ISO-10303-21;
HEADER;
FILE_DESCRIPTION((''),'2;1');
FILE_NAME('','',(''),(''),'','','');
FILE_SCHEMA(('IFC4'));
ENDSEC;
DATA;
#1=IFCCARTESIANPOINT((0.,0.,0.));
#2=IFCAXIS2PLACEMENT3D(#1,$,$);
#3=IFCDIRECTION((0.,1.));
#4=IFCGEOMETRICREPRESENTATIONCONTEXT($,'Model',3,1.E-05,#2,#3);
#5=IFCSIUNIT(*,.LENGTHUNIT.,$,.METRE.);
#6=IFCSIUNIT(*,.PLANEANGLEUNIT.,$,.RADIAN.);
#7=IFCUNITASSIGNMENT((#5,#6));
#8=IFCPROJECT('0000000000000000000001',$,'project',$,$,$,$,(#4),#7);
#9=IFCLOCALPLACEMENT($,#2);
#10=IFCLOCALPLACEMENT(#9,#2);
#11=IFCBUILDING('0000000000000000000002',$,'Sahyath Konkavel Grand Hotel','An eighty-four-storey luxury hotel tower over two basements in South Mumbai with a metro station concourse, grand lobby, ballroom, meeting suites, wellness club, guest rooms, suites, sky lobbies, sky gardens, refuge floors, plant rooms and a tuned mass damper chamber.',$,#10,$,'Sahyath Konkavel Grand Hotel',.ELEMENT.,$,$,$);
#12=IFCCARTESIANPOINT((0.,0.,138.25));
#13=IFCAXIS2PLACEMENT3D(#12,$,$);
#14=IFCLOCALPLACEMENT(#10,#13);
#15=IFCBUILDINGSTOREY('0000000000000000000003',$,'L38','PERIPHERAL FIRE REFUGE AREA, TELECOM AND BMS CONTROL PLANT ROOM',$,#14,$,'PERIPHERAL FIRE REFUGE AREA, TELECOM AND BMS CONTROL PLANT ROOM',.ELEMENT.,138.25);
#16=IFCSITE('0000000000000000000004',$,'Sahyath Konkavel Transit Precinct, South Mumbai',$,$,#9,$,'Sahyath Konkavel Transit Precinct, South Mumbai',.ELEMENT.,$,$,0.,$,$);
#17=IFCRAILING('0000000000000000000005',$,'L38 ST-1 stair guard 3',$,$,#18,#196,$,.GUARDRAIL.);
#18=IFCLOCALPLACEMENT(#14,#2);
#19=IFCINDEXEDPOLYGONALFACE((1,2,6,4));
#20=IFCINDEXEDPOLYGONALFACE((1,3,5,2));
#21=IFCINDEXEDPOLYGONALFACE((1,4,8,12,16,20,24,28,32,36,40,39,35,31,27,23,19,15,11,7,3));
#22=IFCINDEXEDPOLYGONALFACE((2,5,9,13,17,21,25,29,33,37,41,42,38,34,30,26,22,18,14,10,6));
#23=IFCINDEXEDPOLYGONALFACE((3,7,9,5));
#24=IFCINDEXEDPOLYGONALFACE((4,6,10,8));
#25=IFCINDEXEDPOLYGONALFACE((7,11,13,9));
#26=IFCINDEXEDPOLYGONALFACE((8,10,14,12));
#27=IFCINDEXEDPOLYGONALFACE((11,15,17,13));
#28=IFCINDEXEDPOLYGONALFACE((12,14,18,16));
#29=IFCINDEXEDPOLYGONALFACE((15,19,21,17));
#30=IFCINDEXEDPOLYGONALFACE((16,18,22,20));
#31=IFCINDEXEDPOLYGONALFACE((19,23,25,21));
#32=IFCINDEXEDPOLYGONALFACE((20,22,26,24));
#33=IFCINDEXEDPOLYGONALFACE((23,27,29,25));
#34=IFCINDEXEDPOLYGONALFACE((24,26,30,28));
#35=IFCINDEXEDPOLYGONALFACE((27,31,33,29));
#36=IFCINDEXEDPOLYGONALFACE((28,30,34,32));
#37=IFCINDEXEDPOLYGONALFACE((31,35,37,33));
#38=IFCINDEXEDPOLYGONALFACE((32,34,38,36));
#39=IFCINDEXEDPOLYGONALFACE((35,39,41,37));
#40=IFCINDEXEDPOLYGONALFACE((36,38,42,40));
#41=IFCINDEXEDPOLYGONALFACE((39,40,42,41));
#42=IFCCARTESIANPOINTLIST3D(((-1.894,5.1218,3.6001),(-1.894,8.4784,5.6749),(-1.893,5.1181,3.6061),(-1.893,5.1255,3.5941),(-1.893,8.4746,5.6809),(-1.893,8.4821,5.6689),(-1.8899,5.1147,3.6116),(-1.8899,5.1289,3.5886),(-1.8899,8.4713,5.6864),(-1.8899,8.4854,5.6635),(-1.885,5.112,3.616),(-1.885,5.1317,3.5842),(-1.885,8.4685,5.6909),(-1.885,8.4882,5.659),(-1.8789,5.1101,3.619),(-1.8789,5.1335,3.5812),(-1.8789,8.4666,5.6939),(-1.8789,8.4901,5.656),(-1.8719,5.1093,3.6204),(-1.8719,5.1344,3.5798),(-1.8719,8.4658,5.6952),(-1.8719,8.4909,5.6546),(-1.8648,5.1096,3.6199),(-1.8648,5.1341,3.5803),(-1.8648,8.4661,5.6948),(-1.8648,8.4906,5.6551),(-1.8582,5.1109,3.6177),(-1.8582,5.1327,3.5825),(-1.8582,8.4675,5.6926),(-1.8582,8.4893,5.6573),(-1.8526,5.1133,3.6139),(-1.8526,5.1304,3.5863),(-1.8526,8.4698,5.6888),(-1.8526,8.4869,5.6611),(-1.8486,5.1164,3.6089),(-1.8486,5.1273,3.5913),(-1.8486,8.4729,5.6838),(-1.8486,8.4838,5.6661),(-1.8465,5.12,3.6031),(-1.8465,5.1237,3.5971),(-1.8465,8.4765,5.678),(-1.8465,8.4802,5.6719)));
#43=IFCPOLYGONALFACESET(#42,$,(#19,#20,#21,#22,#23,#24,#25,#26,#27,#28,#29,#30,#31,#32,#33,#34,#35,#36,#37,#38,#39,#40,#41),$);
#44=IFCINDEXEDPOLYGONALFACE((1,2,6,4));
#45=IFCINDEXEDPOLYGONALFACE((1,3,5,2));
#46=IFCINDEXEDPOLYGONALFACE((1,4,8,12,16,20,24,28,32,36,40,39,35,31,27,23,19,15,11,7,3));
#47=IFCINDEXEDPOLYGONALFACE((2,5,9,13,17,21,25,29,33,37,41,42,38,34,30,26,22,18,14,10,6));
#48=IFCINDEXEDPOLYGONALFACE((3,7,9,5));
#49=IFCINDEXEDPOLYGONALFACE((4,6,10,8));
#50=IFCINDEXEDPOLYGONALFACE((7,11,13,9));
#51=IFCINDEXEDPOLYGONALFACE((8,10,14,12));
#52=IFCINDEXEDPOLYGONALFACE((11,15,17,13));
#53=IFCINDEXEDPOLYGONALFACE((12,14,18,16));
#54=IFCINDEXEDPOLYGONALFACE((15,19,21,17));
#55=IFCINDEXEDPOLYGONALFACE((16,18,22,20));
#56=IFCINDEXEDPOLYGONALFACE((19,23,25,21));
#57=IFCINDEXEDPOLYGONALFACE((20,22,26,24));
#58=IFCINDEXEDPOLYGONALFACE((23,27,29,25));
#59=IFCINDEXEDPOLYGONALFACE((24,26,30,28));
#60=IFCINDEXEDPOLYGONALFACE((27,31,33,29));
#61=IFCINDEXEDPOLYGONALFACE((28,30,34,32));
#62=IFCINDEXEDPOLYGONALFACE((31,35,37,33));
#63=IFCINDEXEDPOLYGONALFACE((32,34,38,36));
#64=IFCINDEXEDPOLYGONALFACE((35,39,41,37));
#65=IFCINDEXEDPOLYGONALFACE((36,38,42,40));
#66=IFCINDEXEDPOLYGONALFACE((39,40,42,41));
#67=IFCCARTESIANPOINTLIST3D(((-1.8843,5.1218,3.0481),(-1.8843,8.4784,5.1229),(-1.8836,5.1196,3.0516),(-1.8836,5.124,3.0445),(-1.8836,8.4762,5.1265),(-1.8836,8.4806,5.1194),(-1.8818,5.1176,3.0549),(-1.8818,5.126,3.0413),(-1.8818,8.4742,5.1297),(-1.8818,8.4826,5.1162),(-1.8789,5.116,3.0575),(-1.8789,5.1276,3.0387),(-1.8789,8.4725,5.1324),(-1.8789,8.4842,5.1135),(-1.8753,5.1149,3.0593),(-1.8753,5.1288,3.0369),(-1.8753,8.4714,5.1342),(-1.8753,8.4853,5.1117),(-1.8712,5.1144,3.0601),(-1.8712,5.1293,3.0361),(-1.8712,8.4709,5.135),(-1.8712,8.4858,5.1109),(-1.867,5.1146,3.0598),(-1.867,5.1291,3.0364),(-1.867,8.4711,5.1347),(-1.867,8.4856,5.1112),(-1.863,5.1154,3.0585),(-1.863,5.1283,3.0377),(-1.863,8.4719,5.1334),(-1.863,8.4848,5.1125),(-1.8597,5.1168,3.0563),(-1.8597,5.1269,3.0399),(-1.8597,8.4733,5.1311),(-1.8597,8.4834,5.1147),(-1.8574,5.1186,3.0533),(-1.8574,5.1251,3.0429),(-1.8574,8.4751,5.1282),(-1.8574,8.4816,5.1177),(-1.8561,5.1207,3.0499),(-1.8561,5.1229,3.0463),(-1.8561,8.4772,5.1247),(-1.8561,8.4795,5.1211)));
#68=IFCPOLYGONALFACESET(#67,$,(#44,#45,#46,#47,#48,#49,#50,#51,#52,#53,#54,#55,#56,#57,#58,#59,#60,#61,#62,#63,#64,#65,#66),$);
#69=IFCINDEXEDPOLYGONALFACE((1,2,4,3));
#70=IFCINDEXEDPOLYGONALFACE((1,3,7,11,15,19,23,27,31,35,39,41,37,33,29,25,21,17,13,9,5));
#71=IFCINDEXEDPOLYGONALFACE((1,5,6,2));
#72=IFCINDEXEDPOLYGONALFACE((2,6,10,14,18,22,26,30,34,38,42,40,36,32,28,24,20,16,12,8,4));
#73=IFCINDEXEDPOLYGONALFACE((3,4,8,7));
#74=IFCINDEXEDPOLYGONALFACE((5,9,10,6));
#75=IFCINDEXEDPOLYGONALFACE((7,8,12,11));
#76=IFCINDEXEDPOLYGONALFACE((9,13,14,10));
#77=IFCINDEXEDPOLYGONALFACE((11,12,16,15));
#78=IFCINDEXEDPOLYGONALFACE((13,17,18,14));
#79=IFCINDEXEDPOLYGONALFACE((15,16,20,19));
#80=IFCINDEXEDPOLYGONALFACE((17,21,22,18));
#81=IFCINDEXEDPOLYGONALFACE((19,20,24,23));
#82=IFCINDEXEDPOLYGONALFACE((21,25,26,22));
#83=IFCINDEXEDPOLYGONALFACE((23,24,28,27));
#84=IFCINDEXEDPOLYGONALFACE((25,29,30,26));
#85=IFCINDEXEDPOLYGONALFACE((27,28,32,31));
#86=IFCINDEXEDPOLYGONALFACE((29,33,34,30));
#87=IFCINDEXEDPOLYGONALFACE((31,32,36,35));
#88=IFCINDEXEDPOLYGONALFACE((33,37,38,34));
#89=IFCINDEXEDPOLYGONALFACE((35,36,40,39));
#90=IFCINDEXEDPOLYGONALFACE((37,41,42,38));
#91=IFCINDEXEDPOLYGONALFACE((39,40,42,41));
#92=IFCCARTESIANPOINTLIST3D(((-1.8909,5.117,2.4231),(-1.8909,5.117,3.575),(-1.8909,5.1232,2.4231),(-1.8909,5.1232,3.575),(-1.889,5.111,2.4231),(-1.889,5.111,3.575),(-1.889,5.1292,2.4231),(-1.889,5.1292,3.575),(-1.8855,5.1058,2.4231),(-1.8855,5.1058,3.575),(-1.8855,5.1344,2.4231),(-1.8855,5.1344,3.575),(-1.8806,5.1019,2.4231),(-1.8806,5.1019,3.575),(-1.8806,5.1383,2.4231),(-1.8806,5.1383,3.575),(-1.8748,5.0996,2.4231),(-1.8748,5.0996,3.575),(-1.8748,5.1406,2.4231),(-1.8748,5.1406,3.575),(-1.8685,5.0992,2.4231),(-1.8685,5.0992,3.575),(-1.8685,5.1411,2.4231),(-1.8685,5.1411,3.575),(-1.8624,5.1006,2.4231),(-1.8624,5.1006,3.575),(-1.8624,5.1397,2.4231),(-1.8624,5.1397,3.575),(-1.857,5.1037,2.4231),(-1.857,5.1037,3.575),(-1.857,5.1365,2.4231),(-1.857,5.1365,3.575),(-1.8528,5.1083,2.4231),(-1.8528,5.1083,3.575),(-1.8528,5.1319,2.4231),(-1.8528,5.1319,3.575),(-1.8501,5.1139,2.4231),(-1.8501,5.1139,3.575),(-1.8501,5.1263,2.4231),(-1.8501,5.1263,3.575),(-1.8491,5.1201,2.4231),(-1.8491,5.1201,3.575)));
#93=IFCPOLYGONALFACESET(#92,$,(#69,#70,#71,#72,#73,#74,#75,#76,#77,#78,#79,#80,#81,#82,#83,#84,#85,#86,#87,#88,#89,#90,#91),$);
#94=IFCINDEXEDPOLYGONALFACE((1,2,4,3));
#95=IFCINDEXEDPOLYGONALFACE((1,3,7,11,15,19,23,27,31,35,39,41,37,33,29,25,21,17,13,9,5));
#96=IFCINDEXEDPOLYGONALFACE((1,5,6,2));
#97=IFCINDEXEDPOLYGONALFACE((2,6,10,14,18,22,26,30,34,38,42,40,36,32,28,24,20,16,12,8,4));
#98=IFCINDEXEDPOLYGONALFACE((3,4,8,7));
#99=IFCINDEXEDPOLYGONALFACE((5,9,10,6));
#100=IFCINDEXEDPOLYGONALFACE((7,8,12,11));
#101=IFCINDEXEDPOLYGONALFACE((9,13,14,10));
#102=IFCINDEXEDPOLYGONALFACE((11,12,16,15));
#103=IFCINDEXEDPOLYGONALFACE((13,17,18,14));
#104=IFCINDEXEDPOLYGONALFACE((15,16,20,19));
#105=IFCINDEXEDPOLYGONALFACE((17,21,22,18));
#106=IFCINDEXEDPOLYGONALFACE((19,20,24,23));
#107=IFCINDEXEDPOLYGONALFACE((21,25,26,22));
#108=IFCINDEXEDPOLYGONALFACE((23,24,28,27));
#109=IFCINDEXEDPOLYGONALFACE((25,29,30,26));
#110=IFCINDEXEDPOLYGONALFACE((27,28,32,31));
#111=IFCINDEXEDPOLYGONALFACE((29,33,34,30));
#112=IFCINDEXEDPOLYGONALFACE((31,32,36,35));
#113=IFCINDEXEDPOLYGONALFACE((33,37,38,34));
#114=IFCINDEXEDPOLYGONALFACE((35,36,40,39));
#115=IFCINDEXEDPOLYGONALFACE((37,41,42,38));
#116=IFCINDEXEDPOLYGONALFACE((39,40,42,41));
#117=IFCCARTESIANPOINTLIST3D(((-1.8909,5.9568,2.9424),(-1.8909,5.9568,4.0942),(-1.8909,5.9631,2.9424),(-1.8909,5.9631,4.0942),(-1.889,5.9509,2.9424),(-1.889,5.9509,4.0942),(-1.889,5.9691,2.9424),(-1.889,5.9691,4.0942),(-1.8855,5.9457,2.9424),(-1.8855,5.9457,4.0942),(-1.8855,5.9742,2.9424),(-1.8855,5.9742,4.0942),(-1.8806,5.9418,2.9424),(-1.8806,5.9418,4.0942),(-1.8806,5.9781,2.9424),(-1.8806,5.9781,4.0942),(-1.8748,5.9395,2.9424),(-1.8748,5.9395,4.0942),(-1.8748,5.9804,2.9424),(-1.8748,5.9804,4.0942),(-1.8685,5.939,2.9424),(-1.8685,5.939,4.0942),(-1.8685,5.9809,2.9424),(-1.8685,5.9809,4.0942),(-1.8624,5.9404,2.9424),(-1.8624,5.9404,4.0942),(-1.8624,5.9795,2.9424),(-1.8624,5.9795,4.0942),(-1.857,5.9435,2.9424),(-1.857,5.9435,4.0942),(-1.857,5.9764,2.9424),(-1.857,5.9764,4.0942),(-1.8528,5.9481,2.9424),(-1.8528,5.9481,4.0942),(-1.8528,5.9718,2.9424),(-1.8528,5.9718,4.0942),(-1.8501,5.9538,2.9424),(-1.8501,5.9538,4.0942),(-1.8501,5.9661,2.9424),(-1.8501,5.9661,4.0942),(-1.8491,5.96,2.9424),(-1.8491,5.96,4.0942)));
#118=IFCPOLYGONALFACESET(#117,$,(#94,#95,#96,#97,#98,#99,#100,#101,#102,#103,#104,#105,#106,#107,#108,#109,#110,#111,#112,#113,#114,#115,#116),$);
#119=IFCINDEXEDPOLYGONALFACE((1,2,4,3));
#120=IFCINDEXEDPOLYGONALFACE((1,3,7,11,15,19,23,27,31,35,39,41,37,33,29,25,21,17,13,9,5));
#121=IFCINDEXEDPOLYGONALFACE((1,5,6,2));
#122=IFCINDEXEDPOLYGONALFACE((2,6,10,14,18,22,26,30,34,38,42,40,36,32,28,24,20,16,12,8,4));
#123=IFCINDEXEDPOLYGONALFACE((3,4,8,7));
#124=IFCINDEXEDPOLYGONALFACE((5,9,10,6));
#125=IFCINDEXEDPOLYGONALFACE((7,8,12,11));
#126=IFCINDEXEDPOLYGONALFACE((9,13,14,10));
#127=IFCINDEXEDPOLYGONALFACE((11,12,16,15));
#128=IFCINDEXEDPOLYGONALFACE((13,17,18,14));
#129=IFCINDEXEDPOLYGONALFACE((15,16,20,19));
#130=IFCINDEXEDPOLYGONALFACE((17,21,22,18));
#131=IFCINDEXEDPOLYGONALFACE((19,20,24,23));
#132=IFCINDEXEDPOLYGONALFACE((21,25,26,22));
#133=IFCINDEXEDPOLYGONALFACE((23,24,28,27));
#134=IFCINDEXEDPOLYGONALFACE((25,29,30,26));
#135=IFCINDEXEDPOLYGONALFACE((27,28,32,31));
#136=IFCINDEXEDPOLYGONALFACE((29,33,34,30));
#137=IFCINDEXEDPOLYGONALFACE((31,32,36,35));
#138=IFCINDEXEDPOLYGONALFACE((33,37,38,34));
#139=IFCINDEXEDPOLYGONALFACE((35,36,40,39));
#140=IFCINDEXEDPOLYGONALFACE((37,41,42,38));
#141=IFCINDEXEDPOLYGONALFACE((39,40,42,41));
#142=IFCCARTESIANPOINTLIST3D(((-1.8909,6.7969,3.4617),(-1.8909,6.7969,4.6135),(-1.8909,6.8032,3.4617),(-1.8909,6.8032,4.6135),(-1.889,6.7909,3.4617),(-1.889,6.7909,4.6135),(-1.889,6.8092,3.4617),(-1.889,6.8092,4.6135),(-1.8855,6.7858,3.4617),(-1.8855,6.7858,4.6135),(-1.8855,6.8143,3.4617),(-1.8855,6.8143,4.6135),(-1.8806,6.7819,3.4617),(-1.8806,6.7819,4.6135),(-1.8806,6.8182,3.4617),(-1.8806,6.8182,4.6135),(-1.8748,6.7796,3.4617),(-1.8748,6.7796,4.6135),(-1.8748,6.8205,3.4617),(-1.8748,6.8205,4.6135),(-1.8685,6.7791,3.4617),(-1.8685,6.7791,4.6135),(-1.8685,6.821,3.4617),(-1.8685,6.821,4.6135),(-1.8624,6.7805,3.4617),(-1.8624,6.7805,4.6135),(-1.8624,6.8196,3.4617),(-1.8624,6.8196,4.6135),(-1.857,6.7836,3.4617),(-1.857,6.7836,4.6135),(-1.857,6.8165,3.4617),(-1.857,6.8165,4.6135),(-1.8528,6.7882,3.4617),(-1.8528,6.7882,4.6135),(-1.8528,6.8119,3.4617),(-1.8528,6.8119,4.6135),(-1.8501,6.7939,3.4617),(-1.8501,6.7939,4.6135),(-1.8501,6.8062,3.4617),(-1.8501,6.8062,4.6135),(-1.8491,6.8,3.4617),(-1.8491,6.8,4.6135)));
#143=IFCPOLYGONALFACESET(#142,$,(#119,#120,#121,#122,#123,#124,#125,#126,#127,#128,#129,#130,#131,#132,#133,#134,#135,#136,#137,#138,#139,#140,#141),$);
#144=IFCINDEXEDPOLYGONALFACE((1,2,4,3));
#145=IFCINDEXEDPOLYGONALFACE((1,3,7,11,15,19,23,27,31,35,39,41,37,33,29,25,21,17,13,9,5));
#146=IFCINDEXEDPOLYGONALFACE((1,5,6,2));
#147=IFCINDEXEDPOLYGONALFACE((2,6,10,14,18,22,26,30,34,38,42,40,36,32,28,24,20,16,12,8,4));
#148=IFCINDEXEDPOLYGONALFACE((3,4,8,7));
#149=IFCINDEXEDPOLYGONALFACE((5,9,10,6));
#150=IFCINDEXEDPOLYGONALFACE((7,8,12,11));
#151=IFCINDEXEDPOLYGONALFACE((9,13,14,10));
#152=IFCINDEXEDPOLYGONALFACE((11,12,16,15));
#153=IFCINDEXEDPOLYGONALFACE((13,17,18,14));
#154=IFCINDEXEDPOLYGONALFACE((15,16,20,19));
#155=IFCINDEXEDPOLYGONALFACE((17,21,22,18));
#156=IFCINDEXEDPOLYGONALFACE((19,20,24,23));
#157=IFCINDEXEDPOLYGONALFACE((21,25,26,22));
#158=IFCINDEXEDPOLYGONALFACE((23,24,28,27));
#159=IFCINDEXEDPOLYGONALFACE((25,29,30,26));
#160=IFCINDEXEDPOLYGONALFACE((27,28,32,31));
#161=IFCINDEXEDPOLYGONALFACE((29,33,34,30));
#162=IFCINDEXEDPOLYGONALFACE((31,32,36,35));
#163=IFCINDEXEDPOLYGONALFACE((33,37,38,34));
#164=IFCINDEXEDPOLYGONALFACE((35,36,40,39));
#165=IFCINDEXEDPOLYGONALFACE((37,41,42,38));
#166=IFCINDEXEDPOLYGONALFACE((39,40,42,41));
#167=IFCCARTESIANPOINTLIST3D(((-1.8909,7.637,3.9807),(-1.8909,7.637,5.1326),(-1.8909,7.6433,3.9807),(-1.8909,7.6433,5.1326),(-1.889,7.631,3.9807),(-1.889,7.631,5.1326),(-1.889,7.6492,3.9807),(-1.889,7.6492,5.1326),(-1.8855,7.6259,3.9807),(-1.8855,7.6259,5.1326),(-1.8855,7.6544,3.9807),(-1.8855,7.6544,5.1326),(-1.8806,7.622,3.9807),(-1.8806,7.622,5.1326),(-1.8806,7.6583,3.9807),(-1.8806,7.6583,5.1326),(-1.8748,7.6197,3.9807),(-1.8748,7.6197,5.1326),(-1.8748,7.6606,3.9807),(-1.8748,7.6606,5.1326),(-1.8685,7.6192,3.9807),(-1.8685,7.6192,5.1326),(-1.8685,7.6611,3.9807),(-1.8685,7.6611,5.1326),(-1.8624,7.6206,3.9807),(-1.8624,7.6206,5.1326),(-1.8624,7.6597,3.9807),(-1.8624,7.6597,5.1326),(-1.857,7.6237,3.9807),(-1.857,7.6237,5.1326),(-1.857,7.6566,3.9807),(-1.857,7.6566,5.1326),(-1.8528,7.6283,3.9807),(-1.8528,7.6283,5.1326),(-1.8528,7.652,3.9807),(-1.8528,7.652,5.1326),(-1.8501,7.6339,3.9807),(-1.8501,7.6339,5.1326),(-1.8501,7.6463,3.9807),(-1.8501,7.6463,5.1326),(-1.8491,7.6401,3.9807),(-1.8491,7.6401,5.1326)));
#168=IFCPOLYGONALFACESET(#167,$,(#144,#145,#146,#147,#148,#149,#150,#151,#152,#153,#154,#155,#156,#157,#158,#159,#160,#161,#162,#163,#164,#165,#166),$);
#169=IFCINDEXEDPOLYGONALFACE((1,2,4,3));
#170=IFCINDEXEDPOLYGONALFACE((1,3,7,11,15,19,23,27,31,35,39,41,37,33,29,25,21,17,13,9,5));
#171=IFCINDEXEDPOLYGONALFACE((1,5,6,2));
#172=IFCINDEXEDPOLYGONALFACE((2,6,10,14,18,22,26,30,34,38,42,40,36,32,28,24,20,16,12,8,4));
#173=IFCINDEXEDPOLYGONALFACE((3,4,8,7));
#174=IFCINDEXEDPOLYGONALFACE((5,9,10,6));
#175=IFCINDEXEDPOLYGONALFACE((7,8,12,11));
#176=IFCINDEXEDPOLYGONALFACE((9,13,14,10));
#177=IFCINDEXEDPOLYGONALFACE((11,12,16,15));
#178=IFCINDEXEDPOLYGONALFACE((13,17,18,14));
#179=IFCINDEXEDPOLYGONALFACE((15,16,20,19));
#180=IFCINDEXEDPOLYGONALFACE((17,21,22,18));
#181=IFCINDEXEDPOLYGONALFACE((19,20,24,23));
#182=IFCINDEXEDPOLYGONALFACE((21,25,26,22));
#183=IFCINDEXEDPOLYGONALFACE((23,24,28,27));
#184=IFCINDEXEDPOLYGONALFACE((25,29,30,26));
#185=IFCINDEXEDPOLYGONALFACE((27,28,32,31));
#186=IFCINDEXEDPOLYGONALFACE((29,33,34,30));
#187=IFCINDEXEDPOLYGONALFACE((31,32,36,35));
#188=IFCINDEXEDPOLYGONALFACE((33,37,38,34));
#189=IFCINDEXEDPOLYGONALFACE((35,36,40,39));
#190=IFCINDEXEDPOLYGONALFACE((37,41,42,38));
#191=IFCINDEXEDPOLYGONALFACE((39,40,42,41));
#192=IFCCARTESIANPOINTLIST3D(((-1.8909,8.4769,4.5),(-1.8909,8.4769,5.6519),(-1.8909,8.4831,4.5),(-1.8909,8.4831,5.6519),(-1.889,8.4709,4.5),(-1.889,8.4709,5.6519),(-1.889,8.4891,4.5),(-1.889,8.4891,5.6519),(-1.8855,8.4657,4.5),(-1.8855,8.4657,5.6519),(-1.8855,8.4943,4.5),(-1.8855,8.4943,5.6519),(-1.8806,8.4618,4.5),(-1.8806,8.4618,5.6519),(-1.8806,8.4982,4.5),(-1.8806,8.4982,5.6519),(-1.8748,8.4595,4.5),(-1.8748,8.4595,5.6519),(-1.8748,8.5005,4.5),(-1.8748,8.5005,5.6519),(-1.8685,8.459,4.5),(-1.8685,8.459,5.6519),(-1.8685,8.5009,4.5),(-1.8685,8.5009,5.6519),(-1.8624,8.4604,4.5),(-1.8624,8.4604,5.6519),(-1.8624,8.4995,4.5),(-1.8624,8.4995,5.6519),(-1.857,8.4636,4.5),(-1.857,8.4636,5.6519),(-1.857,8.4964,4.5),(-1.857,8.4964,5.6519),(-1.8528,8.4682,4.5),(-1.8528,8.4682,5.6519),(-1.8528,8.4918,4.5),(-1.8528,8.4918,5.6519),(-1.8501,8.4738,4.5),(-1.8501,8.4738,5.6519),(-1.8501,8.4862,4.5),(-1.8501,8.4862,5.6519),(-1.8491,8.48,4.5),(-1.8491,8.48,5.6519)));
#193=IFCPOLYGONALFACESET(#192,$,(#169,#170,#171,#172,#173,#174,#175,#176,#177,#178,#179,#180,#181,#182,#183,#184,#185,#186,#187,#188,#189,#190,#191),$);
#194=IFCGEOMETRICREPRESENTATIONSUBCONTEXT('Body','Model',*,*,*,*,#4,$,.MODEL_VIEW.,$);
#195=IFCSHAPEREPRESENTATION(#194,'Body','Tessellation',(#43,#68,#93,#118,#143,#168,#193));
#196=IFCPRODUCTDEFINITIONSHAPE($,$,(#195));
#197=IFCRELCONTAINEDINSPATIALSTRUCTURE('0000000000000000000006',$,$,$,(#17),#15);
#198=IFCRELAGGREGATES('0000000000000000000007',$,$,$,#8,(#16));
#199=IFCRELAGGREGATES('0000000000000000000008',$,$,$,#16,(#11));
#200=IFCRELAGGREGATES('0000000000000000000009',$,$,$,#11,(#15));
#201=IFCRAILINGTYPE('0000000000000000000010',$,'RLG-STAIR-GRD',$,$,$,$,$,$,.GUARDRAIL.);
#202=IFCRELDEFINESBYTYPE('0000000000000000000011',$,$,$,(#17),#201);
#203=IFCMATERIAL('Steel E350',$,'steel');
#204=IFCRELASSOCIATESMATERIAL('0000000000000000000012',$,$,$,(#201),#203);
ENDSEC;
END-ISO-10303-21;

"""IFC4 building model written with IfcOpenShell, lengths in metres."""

from ifc_helpers import new_model, si_unit, direction, frame, origin, origin_2d, place, context, subcontext, project, spatial, circle, extrude, material, type_object, element, save


model = new_model("IFC4")

# Units and contexts
model_context = context("Model", 3, precision=1e-05, world=origin(), true_north=direction((0.0, 1.0)))
body_context = subcontext(model_context, "Body", "Model", "MODEL_VIEW")
ifc_project = project(units=[si_unit("LENGTHUNIT", "METRE"), si_unit("PLANEANGLEUNIT", "RADIAN")], contexts=[model_context])

# Site, building, storey
site_placement = place(None, origin())
site = spatial("IfcSite", under=ifc_project, at=site_placement, Name="Sahyath Konkavel Transit Precinct, South Mumbai", LongName="Sahyath Konkavel Transit Precinct, South Mumbai", CompositionType="ELEMENT", RefElevation=0.0)
building_placement = place(site_placement, origin())
building = spatial("IfcBuilding", under=site, at=building_placement, Name="Sahyath Konkavel Grand Hotel", Description="An eighty-four-storey luxury hotel tower over two basements in South Mumbai with a metro station concourse, grand lobby, ballroom, meeting suites, wellness club, guest rooms, suites, sky lobbies, sky gardens, refuge floors, plant rooms and a tuned mass damper chamber.", LongName="Sahyath Konkavel Grand Hotel", CompositionType="ELEMENT")
storey_placement = place(building_placement, frame((0.0, 0.0, 138.25)))
storey = spatial("IfcBuildingStorey", under=building, at=storey_placement, Name="L38", Description="PERIPHERAL FIRE REFUGE AREA, TELECOM AND BMS CONTROL PLANT ROOM", LongName="PERIPHERAL FIRE REFUGE AREA, TELECOM AND BMS CONTROL PLANT ROOM", CompositionType="ELEMENT", Elevation=138.25)

# Shared definitions
ifc_material_1 = material(Name="Steel E350", Category="steel")

# Railing
railing_type_1 = type_object("IfcRailingType", Name="RLG-STAIR-GRD", PredefinedType="GUARDRAIL", material=ifc_material_1)
railing_1_placement = place(storey_placement, frame((-1.8701, 5.1201, 2.4231)))
element("IfcRailing", 1, at=railing_1_placement, inside=storey, type_object=railing_type_1, Name="L38 ST-1 stair guard 3", PredefinedType="GUARDRAIL", context=body_context, shape_type="SweptSolid", body=[
    extrude(circle(Radius=0.0239, at=origin_2d()), frame((0.0, 0.0017, 1.177), z_axis=(0.0, 0.850606, 0.525803), x_axis=(-1.0, 0.0, 0.0)), (0.0, 0.0, 1.0), 3.946),
    extrude(circle(Radius=0.0142, at=origin_2d()), frame((0.0, 0.0017, 0.625), z_axis=(0.0, 0.850606, 0.525803), x_axis=(-1.0, 0.0, 0.0)), (0.0, 0.0, 1.0), 3.946),
    extrude(circle(Radius=0.021, at=origin_2d()), origin(), (0.0, 0.0, 1.0), 1.1519),
    extrude(circle(Radius=0.021, at=origin_2d()), frame((0.0, 0.8398, 0.5193)), (0.0, 0.0, 1.0), 1.1519),
    extrude(circle(Radius=0.021, at=origin_2d()), frame((0.0, 1.6799, 1.0386)), (0.0, 0.0, 1.0), 1.1519),
    extrude(circle(Radius=0.021, at=origin_2d()), frame((0.0, 2.52, 1.5576)), (0.0, 0.0, 1.0), 1.1519),
    extrude(circle(Radius=0.021, at=origin_2d()), frame((0.0, 3.3599, 2.0769)), (0.0, 0.0, 1.0), 1.1519),
])

save(model, "model.ifc")
